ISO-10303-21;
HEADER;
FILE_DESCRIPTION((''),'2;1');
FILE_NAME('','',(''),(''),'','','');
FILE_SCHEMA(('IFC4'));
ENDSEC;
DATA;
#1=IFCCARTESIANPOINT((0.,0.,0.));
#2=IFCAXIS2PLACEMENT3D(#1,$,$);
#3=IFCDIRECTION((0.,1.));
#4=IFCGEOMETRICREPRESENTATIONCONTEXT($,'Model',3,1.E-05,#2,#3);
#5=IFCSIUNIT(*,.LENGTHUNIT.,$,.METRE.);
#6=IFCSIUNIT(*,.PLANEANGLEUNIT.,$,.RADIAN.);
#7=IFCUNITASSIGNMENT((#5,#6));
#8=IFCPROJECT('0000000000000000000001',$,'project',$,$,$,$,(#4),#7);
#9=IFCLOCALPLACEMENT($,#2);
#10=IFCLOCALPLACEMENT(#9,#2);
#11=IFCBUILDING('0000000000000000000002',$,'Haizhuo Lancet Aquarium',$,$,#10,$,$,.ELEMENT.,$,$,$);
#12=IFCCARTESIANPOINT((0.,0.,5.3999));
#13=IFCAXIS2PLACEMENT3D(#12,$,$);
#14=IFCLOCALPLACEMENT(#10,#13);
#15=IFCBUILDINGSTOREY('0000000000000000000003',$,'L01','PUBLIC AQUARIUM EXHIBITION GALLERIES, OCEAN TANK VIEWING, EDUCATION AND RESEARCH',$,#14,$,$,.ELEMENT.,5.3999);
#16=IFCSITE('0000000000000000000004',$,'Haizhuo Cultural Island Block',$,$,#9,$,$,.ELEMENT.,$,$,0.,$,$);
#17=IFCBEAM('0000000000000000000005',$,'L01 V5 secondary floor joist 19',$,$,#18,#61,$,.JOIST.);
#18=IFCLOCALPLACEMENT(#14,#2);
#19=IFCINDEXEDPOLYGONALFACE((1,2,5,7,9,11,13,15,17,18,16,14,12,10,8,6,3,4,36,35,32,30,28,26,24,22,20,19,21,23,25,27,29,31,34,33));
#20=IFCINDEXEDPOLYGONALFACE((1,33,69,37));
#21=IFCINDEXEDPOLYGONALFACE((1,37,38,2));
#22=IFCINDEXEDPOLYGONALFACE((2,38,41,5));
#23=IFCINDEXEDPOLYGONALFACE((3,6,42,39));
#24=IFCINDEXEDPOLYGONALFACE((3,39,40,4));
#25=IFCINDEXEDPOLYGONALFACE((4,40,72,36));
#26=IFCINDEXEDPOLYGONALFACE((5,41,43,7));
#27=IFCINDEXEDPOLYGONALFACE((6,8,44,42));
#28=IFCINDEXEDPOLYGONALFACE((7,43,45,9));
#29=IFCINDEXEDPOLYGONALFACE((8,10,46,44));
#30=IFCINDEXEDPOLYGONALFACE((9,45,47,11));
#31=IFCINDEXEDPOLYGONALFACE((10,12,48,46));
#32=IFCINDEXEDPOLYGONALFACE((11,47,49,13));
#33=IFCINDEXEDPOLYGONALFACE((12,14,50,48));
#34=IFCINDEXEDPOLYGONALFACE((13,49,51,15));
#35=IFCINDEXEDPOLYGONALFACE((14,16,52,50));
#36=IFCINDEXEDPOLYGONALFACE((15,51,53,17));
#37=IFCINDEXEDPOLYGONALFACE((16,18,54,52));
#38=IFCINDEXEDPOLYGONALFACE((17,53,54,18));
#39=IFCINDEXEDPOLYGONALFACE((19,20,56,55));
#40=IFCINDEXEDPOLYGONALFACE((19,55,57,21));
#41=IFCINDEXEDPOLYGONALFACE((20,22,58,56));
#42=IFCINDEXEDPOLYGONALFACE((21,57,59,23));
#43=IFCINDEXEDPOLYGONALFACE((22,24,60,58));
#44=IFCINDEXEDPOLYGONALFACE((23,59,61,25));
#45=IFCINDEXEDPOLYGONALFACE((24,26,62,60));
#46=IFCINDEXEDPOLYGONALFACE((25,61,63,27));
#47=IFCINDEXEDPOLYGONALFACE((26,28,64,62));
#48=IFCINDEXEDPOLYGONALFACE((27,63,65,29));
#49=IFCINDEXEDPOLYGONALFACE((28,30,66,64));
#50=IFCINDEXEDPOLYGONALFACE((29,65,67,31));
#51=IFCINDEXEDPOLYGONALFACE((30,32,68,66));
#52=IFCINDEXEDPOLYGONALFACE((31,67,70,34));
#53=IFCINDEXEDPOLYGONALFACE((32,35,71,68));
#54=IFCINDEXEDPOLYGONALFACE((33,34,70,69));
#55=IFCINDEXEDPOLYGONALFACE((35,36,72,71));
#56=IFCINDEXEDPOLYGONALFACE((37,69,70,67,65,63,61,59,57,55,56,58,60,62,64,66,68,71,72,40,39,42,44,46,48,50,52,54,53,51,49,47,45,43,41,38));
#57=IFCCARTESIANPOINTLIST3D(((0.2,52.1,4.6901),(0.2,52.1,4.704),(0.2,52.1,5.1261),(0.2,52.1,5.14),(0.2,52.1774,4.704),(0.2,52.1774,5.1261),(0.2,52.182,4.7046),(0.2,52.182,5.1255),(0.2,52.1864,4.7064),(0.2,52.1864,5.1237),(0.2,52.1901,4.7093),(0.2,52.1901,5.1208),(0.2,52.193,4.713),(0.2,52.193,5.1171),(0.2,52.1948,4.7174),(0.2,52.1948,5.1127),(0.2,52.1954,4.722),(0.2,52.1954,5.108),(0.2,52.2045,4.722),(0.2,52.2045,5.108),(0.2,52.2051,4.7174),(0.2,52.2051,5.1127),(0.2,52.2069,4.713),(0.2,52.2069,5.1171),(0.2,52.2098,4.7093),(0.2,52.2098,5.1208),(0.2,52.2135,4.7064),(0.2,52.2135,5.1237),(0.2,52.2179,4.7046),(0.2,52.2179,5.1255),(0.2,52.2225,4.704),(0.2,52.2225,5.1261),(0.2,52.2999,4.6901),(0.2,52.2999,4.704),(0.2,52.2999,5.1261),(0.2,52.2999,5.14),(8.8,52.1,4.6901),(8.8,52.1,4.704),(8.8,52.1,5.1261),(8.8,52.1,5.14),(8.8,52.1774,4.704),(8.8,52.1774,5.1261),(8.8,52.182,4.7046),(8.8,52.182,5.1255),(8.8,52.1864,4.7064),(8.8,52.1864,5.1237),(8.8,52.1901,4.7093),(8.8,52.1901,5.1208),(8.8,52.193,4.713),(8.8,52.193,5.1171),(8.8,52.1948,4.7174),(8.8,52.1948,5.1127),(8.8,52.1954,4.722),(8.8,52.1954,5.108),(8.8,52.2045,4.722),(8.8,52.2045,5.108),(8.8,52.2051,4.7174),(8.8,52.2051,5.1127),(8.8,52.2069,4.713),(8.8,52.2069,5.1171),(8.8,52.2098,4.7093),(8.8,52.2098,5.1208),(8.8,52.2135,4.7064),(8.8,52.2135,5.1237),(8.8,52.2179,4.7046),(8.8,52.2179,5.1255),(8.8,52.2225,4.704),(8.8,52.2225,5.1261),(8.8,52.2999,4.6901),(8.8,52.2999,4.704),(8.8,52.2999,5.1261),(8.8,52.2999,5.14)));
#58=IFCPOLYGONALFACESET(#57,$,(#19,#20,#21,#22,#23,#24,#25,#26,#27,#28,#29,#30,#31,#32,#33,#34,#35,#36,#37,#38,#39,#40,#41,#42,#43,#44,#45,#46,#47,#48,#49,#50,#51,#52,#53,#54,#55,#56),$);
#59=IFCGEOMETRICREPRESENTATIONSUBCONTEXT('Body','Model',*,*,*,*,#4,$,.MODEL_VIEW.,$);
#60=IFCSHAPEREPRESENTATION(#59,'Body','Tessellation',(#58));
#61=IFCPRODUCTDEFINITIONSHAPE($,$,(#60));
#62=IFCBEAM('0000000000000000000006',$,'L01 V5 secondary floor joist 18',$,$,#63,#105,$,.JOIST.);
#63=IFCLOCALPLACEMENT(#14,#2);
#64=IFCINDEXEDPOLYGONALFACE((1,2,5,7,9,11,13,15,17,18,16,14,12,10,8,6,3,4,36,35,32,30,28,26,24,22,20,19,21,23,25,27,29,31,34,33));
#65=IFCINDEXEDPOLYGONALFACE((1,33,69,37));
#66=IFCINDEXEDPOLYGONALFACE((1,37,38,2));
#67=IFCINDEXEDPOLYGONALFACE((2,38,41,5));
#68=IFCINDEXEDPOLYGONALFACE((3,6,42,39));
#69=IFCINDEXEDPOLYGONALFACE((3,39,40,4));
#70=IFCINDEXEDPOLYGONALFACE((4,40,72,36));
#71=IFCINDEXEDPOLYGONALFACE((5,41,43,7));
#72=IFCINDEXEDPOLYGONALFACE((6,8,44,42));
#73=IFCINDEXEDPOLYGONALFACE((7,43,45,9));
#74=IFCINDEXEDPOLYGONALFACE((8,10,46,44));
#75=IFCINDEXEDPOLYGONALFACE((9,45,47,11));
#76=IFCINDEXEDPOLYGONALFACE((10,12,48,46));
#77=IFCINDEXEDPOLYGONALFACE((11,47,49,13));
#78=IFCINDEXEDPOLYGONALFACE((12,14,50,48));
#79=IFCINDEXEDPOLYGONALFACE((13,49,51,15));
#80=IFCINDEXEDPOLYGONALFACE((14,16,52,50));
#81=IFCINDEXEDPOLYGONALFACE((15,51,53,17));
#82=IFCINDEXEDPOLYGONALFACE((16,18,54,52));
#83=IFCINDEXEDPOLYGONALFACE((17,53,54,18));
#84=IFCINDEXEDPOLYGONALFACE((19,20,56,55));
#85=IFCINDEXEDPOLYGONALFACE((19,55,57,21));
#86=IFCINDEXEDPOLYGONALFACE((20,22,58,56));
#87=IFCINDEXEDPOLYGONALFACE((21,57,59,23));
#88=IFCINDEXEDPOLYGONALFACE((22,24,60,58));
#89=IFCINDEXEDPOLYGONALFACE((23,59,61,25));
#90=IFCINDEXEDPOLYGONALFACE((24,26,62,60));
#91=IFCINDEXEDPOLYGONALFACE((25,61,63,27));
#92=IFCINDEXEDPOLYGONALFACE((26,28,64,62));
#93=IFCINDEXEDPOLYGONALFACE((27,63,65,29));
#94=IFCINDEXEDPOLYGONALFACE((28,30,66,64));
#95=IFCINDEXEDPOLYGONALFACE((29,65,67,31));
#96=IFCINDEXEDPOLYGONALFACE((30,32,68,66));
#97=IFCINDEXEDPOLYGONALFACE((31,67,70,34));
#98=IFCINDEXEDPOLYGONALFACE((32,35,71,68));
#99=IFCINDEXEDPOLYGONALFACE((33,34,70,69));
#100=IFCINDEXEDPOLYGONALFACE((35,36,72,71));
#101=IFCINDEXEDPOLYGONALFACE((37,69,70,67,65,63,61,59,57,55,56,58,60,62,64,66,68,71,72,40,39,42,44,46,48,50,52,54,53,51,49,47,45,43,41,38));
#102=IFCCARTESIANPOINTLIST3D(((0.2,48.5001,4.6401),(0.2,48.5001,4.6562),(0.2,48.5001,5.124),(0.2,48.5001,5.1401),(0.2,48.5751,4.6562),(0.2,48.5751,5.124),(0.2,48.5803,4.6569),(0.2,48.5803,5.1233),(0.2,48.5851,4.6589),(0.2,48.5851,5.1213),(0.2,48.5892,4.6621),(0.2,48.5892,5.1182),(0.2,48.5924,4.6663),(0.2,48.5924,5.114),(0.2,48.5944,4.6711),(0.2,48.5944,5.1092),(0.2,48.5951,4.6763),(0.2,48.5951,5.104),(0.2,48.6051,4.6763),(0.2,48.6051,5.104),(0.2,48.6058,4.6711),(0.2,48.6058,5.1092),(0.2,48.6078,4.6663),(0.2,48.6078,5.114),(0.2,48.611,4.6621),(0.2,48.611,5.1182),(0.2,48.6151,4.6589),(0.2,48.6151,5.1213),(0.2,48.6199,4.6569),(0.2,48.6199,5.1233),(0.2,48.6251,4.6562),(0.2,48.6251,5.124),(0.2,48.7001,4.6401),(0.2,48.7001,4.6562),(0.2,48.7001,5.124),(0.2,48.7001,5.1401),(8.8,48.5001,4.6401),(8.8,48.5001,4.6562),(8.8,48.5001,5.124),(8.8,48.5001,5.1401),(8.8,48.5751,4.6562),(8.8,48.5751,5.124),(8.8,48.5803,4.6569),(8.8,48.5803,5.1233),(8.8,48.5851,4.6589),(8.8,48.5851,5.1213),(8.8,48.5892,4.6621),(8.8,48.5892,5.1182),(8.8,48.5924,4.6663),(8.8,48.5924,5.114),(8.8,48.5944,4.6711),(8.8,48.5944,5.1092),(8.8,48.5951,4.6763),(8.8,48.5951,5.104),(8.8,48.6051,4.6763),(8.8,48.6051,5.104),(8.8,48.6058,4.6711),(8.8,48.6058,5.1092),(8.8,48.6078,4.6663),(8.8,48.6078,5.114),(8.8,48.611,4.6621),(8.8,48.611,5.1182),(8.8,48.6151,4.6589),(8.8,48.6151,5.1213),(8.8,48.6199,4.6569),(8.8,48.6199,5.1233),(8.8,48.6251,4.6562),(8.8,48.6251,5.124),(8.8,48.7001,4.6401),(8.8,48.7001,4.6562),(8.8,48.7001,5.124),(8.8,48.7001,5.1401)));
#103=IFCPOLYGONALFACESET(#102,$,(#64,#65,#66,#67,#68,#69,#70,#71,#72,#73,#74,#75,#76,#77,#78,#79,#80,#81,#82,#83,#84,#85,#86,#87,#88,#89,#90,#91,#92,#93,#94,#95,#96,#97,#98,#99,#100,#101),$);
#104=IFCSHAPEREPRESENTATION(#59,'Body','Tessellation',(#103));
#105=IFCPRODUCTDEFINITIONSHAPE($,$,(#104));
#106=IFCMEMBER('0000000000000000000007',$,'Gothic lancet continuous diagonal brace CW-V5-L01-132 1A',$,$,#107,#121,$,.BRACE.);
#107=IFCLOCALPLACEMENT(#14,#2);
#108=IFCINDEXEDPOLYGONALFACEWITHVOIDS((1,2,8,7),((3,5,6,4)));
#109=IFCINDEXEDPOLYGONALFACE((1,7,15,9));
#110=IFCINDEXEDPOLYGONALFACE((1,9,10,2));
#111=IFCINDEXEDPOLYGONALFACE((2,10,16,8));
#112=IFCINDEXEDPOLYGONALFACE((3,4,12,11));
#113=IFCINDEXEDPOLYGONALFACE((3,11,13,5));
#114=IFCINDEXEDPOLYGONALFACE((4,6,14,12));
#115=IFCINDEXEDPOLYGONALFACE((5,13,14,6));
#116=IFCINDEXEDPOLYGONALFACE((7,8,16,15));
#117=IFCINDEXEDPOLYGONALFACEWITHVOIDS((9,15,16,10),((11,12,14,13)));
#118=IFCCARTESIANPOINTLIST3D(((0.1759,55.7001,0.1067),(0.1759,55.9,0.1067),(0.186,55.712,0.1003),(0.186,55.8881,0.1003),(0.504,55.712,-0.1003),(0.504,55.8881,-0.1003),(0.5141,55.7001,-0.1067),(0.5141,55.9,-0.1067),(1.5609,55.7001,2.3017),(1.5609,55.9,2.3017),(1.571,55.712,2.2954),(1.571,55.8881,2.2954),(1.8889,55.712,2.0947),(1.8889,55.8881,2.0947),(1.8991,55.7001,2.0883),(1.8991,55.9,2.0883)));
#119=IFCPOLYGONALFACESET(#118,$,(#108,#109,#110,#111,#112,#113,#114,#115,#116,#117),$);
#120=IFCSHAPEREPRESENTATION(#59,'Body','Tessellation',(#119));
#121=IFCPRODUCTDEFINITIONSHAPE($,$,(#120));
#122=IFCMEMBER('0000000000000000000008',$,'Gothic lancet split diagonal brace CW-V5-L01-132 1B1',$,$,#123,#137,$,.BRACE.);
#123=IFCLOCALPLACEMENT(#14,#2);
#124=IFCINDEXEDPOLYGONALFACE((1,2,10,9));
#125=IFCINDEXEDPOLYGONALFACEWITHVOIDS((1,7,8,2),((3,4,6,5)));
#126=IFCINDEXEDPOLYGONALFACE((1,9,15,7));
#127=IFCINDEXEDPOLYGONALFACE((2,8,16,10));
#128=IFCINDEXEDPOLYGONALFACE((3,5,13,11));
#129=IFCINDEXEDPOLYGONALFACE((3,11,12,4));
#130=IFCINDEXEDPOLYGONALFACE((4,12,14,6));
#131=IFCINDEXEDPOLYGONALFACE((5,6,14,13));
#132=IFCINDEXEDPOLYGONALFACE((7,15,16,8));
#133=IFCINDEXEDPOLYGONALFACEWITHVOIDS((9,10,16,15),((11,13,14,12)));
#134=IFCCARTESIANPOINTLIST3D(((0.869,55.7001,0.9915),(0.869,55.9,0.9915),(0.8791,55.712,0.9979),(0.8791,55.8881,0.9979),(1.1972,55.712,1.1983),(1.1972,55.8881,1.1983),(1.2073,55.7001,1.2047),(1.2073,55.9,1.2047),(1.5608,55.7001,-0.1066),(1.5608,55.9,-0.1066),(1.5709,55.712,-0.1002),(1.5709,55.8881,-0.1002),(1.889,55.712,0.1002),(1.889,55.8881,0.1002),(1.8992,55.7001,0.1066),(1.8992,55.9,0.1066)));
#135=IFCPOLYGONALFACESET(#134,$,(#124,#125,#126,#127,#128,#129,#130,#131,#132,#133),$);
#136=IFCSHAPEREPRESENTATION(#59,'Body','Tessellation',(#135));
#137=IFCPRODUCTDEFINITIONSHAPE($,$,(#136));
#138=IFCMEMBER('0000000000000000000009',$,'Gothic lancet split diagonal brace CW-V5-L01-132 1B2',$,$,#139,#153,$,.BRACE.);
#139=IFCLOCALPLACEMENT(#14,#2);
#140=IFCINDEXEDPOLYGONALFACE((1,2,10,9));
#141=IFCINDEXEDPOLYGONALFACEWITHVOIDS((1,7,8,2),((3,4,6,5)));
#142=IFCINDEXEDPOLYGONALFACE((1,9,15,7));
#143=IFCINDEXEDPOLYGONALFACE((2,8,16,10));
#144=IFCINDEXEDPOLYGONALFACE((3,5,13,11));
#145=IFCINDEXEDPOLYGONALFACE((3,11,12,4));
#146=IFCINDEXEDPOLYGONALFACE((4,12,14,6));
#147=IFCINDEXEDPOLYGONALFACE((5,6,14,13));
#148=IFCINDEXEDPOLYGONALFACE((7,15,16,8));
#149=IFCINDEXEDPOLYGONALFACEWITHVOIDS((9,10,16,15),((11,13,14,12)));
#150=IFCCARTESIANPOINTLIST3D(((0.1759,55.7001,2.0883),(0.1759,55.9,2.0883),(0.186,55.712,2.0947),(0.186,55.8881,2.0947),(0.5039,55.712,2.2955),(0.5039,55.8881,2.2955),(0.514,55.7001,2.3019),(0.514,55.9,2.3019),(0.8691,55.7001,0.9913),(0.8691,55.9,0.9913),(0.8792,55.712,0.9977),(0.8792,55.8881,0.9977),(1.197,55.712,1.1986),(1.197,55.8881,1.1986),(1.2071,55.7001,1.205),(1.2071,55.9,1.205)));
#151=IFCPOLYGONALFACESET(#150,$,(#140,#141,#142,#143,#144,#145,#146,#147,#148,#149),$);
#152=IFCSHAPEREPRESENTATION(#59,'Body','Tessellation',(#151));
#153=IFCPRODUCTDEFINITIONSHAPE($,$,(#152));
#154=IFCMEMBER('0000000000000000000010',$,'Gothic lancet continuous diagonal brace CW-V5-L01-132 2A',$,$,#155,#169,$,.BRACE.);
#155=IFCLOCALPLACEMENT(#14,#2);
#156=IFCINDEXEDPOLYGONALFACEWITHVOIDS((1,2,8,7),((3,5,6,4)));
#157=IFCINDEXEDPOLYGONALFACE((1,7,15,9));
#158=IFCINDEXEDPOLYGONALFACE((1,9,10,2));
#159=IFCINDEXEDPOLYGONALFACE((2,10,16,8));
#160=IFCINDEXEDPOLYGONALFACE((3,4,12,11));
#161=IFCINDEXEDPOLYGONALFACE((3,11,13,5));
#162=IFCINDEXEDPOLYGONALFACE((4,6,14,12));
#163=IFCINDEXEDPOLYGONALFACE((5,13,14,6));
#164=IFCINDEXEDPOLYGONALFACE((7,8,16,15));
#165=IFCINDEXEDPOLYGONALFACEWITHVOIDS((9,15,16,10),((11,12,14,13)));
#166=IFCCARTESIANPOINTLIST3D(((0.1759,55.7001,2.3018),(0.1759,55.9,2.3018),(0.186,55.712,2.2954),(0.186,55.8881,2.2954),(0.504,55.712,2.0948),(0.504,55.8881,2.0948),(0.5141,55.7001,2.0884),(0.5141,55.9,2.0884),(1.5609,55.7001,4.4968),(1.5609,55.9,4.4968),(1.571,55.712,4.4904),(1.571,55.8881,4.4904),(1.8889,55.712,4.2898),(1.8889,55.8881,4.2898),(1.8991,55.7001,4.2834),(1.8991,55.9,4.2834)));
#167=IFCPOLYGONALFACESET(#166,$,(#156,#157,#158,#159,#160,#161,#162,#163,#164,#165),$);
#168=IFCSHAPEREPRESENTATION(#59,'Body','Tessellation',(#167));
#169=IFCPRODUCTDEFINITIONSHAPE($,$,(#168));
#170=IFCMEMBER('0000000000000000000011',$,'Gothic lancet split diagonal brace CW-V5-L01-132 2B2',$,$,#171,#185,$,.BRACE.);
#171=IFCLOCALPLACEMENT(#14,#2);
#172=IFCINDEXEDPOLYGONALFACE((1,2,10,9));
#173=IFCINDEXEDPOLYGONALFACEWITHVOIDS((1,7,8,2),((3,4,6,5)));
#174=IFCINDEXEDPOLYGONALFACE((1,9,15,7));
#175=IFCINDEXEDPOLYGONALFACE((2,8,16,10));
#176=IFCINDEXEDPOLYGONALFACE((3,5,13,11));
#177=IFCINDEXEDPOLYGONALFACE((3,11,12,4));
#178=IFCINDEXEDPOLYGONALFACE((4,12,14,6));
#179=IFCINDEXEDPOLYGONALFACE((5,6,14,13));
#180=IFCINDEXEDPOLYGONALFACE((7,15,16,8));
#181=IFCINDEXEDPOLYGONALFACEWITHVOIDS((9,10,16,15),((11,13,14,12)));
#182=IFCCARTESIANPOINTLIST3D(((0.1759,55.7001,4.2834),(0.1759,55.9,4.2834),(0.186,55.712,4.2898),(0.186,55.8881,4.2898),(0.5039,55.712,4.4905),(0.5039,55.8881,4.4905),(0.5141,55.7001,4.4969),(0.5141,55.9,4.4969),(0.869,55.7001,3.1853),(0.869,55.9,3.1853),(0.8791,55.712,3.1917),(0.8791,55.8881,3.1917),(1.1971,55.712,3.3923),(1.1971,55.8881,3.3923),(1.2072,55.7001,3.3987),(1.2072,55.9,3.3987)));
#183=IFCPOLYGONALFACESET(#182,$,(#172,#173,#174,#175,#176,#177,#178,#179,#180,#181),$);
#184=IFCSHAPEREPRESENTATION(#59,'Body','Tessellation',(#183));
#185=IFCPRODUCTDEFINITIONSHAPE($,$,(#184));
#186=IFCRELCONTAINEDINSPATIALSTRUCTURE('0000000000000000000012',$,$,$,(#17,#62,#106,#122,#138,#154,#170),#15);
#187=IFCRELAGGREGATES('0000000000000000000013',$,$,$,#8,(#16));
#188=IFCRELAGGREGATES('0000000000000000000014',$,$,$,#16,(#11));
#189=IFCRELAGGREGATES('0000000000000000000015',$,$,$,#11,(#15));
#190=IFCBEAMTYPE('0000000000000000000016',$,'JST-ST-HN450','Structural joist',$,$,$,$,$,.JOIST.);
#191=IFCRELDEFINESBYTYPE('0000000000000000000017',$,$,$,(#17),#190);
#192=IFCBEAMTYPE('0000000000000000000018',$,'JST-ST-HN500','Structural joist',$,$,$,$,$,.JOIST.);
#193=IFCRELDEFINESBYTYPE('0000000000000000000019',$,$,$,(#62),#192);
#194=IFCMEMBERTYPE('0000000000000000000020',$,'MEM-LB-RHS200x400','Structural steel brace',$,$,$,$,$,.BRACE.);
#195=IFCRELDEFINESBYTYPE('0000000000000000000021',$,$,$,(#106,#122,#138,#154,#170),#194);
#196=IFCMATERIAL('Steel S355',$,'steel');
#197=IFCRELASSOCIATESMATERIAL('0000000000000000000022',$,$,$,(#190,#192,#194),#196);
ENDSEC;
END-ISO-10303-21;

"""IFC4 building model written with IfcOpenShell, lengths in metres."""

from ifc_helpers import new_model, si_unit, direction, frame, origin, origin_2d, place, context, subcontext, project, spatial, hollow_rectangle, i_section, extrude, material, material_profile, profile_set, type_object, element, save


model = new_model("IFC4")

# Units and contexts
model_context = context("Model", 3, precision=1e-05, world=origin(), true_north=direction((0.0, 1.0)))
body_context = subcontext(model_context, "Body", "Model", "MODEL_VIEW")
ifc_project = project(units=[si_unit("LENGTHUNIT", "METRE"), si_unit("PLANEANGLEUNIT", "RADIAN")], contexts=[model_context])

# Site, building, storey
site_placement = place(None, origin())
site = spatial("IfcSite", under=ifc_project, at=site_placement, Name="Haizhuo Cultural Island Block", CompositionType="ELEMENT", RefElevation=0.0)
building_placement = place(site_placement, origin())
building = spatial("IfcBuilding", under=site, at=building_placement, Name="Haizhuo Lancet Aquarium", CompositionType="ELEMENT")
storey_placement = place(building_placement, frame((0.0, 0.0, 5.3999)))
storey = spatial("IfcBuildingStorey", under=building, at=storey_placement, Name="L01", Description="PUBLIC AQUARIUM EXHIBITION GALLERIES, OCEAN TANK VIEWING, EDUCATION AND RESEARCH", CompositionType="ELEMENT", Elevation=5.3999)

# Beams
ifc_material_1 = material(Name="Steel S355", Category="steel")
ifc_material_profile_1 = material_profile(ifc_material_1, i_section(OverallWidth=0.2, OverallDepth=0.45, WebThickness=0.009, FlangeThickness=0.0139, FilletRadius=0.0181, at=origin_2d()), Name="HN 450x200x9x14")
ifc_profile_set_1 = profile_set([ifc_material_profile_1], Name="Steel S355")
beam_type_1 = type_object("IfcBeamType", Name="JST-ST-HN450", Description="Structural joist", PredefinedType="JOIST", material=ifc_profile_set_1)
beam_1_placement = place(storey_placement, frame((0.2, 52.2, 4.915), z_axis=(1.0, 0.0, 0.0), x_axis=(0.0, 1.0, 0.0)))
element("IfcBeam", 1, at=beam_1_placement, inside=storey, type_object=beam_type_1, Name="L01 V5 secondary floor joist 19", PredefinedType="JOIST", context=body_context, shape_type="SweptSolid", body=[
    extrude(i_section(OverallWidth=0.2, OverallDepth=0.45, WebThickness=0.009, FlangeThickness=0.0139, FilletRadius=0.0181, at=origin_2d()), origin(), (0.0, 0.0, 1.0), 8.6001),
])
ifc_material_profile_2 = material_profile(ifc_material_1, i_section(OverallWidth=0.2, OverallDepth=0.5, WebThickness=0.01, FlangeThickness=0.0161, FilletRadius=0.02, at=origin_2d()), Name="HN 500x200x10x16")
ifc_profile_set_2 = profile_set([ifc_material_profile_2], Name="Steel S355")
beam_type_2 = type_object("IfcBeamType", Name="JST-ST-HN500", Description="Structural joist", PredefinedType="JOIST", material=ifc_profile_set_2)
beam_2_placement = place(storey_placement, frame((0.2, 48.6001, 4.8901), z_axis=(1.0, 0.0, 0.0), x_axis=(0.0, 1.0, 0.0)))
element("IfcBeam", 2, at=beam_2_placement, inside=storey, type_object=beam_type_2, Name="L01 V5 secondary floor joist 18", PredefinedType="JOIST", context=body_context, shape_type="SweptSolid", body=[
    extrude(i_section(OverallWidth=0.2, OverallDepth=0.5, WebThickness=0.01, FlangeThickness=0.0161, FilletRadius=0.02, at=origin_2d()), origin(), (0.0, 0.0, 1.0), 8.6001),
])

# Members
ifc_material_profile_3 = material_profile(ifc_material_1, hollow_rectangle(XDim=0.2, YDim=0.3999, WallThickness=0.012, at=origin_2d()), Name="RHS 200x400x12")
ifc_profile_set_3 = profile_set([ifc_material_profile_3], Name="Steel S355")
member_type_1 = type_object("IfcMemberType", Name="MEM-LB-RHS200x400", Description="Structural steel brace", PredefinedType="BRACE", material=ifc_profile_set_3)
member_1_placement = place(storey_placement, frame((0.345, 55.8, 0.0), z_axis=(0.533621, 0.0, 0.845724), x_axis=(0.0, 1.0, 0.0)))
element("IfcMember", 3, at=member_1_placement, inside=storey, type_object=member_type_1, Name="Gothic lancet continuous diagonal brace CW-V5-L01-132 1A", PredefinedType="BRACE", context=body_context, shape_type="SweptSolid", body=[
    extrude(hollow_rectangle(XDim=0.2, YDim=0.3999, WallThickness=0.012, at=origin_2d()), origin(), (0.0, 0.0, 1.0), 2.5955),
])
member_2_placement = place(storey_placement, frame((1.73, 55.8, 0.0), z_axis=(-0.533073, 0.0, 0.846069), x_axis=(0.0, -1.0, 0.0)))
element("IfcMember", 4, at=member_2_placement, inside=storey, type_object=member_type_1, Name="Gothic lancet split diagonal brace CW-V5-L01-132 1B1", PredefinedType="BRACE", context=body_context, shape_type="SweptSolid", body=[
    extrude(hollow_rectangle(XDim=0.2, YDim=0.3999, WallThickness=0.012, at=origin_2d()), origin(), (0.0, 0.0, 1.0), 1.2979),
])
member_3_placement = place(storey_placement, frame((1.0381, 55.8, 1.0981), z_axis=(-0.53417, 0.0, 0.845377), x_axis=(0.0, -1.0, 0.0)))
element("IfcMember", 5, at=member_3_placement, inside=storey, type_object=member_type_1, Name="Gothic lancet split diagonal brace CW-V5-L01-132 1B2", PredefinedType="BRACE", context=body_context, shape_type="SweptSolid", body=[
    extrude(hollow_rectangle(XDim=0.2, YDim=0.3999, WallThickness=0.012, at=origin_2d()), origin(), (0.0, 0.0, 1.0), 1.2976),
])
member_4_placement = place(storey_placement, frame((0.345, 55.8, 2.1951), z_axis=(0.533621, 0.0, 0.845724), x_axis=(0.0, 1.0, 0.0)))
element("IfcMember", 6, at=member_4_placement, inside=storey, type_object=member_type_1, Name="Gothic lancet continuous diagonal brace CW-V5-L01-132 2A", PredefinedType="BRACE", context=body_context, shape_type="SweptSolid", body=[
    extrude(hollow_rectangle(XDim=0.2, YDim=0.3999, WallThickness=0.012, at=origin_2d()), origin(), (0.0, 0.0, 1.0), 2.5955),
])
member_5_placement = place(storey_placement, frame((1.0381, 55.8, 3.292), z_axis=(-0.533745, 0.0, 0.845645), x_axis=(0.0, -1.0, 0.0)))
element("IfcMember", 7, at=member_5_placement, inside=storey, type_object=member_type_1, Name="Gothic lancet split diagonal brace CW-V5-L01-132 2B2", PredefinedType="BRACE", context=body_context, shape_type="SweptSolid", body=[
    extrude(hollow_rectangle(XDim=0.2, YDim=0.3999, WallThickness=0.012, at=origin_2d()), origin(), (0.0, 0.0, 1.0), 1.2986),
])

save(model, "model.ifc")
